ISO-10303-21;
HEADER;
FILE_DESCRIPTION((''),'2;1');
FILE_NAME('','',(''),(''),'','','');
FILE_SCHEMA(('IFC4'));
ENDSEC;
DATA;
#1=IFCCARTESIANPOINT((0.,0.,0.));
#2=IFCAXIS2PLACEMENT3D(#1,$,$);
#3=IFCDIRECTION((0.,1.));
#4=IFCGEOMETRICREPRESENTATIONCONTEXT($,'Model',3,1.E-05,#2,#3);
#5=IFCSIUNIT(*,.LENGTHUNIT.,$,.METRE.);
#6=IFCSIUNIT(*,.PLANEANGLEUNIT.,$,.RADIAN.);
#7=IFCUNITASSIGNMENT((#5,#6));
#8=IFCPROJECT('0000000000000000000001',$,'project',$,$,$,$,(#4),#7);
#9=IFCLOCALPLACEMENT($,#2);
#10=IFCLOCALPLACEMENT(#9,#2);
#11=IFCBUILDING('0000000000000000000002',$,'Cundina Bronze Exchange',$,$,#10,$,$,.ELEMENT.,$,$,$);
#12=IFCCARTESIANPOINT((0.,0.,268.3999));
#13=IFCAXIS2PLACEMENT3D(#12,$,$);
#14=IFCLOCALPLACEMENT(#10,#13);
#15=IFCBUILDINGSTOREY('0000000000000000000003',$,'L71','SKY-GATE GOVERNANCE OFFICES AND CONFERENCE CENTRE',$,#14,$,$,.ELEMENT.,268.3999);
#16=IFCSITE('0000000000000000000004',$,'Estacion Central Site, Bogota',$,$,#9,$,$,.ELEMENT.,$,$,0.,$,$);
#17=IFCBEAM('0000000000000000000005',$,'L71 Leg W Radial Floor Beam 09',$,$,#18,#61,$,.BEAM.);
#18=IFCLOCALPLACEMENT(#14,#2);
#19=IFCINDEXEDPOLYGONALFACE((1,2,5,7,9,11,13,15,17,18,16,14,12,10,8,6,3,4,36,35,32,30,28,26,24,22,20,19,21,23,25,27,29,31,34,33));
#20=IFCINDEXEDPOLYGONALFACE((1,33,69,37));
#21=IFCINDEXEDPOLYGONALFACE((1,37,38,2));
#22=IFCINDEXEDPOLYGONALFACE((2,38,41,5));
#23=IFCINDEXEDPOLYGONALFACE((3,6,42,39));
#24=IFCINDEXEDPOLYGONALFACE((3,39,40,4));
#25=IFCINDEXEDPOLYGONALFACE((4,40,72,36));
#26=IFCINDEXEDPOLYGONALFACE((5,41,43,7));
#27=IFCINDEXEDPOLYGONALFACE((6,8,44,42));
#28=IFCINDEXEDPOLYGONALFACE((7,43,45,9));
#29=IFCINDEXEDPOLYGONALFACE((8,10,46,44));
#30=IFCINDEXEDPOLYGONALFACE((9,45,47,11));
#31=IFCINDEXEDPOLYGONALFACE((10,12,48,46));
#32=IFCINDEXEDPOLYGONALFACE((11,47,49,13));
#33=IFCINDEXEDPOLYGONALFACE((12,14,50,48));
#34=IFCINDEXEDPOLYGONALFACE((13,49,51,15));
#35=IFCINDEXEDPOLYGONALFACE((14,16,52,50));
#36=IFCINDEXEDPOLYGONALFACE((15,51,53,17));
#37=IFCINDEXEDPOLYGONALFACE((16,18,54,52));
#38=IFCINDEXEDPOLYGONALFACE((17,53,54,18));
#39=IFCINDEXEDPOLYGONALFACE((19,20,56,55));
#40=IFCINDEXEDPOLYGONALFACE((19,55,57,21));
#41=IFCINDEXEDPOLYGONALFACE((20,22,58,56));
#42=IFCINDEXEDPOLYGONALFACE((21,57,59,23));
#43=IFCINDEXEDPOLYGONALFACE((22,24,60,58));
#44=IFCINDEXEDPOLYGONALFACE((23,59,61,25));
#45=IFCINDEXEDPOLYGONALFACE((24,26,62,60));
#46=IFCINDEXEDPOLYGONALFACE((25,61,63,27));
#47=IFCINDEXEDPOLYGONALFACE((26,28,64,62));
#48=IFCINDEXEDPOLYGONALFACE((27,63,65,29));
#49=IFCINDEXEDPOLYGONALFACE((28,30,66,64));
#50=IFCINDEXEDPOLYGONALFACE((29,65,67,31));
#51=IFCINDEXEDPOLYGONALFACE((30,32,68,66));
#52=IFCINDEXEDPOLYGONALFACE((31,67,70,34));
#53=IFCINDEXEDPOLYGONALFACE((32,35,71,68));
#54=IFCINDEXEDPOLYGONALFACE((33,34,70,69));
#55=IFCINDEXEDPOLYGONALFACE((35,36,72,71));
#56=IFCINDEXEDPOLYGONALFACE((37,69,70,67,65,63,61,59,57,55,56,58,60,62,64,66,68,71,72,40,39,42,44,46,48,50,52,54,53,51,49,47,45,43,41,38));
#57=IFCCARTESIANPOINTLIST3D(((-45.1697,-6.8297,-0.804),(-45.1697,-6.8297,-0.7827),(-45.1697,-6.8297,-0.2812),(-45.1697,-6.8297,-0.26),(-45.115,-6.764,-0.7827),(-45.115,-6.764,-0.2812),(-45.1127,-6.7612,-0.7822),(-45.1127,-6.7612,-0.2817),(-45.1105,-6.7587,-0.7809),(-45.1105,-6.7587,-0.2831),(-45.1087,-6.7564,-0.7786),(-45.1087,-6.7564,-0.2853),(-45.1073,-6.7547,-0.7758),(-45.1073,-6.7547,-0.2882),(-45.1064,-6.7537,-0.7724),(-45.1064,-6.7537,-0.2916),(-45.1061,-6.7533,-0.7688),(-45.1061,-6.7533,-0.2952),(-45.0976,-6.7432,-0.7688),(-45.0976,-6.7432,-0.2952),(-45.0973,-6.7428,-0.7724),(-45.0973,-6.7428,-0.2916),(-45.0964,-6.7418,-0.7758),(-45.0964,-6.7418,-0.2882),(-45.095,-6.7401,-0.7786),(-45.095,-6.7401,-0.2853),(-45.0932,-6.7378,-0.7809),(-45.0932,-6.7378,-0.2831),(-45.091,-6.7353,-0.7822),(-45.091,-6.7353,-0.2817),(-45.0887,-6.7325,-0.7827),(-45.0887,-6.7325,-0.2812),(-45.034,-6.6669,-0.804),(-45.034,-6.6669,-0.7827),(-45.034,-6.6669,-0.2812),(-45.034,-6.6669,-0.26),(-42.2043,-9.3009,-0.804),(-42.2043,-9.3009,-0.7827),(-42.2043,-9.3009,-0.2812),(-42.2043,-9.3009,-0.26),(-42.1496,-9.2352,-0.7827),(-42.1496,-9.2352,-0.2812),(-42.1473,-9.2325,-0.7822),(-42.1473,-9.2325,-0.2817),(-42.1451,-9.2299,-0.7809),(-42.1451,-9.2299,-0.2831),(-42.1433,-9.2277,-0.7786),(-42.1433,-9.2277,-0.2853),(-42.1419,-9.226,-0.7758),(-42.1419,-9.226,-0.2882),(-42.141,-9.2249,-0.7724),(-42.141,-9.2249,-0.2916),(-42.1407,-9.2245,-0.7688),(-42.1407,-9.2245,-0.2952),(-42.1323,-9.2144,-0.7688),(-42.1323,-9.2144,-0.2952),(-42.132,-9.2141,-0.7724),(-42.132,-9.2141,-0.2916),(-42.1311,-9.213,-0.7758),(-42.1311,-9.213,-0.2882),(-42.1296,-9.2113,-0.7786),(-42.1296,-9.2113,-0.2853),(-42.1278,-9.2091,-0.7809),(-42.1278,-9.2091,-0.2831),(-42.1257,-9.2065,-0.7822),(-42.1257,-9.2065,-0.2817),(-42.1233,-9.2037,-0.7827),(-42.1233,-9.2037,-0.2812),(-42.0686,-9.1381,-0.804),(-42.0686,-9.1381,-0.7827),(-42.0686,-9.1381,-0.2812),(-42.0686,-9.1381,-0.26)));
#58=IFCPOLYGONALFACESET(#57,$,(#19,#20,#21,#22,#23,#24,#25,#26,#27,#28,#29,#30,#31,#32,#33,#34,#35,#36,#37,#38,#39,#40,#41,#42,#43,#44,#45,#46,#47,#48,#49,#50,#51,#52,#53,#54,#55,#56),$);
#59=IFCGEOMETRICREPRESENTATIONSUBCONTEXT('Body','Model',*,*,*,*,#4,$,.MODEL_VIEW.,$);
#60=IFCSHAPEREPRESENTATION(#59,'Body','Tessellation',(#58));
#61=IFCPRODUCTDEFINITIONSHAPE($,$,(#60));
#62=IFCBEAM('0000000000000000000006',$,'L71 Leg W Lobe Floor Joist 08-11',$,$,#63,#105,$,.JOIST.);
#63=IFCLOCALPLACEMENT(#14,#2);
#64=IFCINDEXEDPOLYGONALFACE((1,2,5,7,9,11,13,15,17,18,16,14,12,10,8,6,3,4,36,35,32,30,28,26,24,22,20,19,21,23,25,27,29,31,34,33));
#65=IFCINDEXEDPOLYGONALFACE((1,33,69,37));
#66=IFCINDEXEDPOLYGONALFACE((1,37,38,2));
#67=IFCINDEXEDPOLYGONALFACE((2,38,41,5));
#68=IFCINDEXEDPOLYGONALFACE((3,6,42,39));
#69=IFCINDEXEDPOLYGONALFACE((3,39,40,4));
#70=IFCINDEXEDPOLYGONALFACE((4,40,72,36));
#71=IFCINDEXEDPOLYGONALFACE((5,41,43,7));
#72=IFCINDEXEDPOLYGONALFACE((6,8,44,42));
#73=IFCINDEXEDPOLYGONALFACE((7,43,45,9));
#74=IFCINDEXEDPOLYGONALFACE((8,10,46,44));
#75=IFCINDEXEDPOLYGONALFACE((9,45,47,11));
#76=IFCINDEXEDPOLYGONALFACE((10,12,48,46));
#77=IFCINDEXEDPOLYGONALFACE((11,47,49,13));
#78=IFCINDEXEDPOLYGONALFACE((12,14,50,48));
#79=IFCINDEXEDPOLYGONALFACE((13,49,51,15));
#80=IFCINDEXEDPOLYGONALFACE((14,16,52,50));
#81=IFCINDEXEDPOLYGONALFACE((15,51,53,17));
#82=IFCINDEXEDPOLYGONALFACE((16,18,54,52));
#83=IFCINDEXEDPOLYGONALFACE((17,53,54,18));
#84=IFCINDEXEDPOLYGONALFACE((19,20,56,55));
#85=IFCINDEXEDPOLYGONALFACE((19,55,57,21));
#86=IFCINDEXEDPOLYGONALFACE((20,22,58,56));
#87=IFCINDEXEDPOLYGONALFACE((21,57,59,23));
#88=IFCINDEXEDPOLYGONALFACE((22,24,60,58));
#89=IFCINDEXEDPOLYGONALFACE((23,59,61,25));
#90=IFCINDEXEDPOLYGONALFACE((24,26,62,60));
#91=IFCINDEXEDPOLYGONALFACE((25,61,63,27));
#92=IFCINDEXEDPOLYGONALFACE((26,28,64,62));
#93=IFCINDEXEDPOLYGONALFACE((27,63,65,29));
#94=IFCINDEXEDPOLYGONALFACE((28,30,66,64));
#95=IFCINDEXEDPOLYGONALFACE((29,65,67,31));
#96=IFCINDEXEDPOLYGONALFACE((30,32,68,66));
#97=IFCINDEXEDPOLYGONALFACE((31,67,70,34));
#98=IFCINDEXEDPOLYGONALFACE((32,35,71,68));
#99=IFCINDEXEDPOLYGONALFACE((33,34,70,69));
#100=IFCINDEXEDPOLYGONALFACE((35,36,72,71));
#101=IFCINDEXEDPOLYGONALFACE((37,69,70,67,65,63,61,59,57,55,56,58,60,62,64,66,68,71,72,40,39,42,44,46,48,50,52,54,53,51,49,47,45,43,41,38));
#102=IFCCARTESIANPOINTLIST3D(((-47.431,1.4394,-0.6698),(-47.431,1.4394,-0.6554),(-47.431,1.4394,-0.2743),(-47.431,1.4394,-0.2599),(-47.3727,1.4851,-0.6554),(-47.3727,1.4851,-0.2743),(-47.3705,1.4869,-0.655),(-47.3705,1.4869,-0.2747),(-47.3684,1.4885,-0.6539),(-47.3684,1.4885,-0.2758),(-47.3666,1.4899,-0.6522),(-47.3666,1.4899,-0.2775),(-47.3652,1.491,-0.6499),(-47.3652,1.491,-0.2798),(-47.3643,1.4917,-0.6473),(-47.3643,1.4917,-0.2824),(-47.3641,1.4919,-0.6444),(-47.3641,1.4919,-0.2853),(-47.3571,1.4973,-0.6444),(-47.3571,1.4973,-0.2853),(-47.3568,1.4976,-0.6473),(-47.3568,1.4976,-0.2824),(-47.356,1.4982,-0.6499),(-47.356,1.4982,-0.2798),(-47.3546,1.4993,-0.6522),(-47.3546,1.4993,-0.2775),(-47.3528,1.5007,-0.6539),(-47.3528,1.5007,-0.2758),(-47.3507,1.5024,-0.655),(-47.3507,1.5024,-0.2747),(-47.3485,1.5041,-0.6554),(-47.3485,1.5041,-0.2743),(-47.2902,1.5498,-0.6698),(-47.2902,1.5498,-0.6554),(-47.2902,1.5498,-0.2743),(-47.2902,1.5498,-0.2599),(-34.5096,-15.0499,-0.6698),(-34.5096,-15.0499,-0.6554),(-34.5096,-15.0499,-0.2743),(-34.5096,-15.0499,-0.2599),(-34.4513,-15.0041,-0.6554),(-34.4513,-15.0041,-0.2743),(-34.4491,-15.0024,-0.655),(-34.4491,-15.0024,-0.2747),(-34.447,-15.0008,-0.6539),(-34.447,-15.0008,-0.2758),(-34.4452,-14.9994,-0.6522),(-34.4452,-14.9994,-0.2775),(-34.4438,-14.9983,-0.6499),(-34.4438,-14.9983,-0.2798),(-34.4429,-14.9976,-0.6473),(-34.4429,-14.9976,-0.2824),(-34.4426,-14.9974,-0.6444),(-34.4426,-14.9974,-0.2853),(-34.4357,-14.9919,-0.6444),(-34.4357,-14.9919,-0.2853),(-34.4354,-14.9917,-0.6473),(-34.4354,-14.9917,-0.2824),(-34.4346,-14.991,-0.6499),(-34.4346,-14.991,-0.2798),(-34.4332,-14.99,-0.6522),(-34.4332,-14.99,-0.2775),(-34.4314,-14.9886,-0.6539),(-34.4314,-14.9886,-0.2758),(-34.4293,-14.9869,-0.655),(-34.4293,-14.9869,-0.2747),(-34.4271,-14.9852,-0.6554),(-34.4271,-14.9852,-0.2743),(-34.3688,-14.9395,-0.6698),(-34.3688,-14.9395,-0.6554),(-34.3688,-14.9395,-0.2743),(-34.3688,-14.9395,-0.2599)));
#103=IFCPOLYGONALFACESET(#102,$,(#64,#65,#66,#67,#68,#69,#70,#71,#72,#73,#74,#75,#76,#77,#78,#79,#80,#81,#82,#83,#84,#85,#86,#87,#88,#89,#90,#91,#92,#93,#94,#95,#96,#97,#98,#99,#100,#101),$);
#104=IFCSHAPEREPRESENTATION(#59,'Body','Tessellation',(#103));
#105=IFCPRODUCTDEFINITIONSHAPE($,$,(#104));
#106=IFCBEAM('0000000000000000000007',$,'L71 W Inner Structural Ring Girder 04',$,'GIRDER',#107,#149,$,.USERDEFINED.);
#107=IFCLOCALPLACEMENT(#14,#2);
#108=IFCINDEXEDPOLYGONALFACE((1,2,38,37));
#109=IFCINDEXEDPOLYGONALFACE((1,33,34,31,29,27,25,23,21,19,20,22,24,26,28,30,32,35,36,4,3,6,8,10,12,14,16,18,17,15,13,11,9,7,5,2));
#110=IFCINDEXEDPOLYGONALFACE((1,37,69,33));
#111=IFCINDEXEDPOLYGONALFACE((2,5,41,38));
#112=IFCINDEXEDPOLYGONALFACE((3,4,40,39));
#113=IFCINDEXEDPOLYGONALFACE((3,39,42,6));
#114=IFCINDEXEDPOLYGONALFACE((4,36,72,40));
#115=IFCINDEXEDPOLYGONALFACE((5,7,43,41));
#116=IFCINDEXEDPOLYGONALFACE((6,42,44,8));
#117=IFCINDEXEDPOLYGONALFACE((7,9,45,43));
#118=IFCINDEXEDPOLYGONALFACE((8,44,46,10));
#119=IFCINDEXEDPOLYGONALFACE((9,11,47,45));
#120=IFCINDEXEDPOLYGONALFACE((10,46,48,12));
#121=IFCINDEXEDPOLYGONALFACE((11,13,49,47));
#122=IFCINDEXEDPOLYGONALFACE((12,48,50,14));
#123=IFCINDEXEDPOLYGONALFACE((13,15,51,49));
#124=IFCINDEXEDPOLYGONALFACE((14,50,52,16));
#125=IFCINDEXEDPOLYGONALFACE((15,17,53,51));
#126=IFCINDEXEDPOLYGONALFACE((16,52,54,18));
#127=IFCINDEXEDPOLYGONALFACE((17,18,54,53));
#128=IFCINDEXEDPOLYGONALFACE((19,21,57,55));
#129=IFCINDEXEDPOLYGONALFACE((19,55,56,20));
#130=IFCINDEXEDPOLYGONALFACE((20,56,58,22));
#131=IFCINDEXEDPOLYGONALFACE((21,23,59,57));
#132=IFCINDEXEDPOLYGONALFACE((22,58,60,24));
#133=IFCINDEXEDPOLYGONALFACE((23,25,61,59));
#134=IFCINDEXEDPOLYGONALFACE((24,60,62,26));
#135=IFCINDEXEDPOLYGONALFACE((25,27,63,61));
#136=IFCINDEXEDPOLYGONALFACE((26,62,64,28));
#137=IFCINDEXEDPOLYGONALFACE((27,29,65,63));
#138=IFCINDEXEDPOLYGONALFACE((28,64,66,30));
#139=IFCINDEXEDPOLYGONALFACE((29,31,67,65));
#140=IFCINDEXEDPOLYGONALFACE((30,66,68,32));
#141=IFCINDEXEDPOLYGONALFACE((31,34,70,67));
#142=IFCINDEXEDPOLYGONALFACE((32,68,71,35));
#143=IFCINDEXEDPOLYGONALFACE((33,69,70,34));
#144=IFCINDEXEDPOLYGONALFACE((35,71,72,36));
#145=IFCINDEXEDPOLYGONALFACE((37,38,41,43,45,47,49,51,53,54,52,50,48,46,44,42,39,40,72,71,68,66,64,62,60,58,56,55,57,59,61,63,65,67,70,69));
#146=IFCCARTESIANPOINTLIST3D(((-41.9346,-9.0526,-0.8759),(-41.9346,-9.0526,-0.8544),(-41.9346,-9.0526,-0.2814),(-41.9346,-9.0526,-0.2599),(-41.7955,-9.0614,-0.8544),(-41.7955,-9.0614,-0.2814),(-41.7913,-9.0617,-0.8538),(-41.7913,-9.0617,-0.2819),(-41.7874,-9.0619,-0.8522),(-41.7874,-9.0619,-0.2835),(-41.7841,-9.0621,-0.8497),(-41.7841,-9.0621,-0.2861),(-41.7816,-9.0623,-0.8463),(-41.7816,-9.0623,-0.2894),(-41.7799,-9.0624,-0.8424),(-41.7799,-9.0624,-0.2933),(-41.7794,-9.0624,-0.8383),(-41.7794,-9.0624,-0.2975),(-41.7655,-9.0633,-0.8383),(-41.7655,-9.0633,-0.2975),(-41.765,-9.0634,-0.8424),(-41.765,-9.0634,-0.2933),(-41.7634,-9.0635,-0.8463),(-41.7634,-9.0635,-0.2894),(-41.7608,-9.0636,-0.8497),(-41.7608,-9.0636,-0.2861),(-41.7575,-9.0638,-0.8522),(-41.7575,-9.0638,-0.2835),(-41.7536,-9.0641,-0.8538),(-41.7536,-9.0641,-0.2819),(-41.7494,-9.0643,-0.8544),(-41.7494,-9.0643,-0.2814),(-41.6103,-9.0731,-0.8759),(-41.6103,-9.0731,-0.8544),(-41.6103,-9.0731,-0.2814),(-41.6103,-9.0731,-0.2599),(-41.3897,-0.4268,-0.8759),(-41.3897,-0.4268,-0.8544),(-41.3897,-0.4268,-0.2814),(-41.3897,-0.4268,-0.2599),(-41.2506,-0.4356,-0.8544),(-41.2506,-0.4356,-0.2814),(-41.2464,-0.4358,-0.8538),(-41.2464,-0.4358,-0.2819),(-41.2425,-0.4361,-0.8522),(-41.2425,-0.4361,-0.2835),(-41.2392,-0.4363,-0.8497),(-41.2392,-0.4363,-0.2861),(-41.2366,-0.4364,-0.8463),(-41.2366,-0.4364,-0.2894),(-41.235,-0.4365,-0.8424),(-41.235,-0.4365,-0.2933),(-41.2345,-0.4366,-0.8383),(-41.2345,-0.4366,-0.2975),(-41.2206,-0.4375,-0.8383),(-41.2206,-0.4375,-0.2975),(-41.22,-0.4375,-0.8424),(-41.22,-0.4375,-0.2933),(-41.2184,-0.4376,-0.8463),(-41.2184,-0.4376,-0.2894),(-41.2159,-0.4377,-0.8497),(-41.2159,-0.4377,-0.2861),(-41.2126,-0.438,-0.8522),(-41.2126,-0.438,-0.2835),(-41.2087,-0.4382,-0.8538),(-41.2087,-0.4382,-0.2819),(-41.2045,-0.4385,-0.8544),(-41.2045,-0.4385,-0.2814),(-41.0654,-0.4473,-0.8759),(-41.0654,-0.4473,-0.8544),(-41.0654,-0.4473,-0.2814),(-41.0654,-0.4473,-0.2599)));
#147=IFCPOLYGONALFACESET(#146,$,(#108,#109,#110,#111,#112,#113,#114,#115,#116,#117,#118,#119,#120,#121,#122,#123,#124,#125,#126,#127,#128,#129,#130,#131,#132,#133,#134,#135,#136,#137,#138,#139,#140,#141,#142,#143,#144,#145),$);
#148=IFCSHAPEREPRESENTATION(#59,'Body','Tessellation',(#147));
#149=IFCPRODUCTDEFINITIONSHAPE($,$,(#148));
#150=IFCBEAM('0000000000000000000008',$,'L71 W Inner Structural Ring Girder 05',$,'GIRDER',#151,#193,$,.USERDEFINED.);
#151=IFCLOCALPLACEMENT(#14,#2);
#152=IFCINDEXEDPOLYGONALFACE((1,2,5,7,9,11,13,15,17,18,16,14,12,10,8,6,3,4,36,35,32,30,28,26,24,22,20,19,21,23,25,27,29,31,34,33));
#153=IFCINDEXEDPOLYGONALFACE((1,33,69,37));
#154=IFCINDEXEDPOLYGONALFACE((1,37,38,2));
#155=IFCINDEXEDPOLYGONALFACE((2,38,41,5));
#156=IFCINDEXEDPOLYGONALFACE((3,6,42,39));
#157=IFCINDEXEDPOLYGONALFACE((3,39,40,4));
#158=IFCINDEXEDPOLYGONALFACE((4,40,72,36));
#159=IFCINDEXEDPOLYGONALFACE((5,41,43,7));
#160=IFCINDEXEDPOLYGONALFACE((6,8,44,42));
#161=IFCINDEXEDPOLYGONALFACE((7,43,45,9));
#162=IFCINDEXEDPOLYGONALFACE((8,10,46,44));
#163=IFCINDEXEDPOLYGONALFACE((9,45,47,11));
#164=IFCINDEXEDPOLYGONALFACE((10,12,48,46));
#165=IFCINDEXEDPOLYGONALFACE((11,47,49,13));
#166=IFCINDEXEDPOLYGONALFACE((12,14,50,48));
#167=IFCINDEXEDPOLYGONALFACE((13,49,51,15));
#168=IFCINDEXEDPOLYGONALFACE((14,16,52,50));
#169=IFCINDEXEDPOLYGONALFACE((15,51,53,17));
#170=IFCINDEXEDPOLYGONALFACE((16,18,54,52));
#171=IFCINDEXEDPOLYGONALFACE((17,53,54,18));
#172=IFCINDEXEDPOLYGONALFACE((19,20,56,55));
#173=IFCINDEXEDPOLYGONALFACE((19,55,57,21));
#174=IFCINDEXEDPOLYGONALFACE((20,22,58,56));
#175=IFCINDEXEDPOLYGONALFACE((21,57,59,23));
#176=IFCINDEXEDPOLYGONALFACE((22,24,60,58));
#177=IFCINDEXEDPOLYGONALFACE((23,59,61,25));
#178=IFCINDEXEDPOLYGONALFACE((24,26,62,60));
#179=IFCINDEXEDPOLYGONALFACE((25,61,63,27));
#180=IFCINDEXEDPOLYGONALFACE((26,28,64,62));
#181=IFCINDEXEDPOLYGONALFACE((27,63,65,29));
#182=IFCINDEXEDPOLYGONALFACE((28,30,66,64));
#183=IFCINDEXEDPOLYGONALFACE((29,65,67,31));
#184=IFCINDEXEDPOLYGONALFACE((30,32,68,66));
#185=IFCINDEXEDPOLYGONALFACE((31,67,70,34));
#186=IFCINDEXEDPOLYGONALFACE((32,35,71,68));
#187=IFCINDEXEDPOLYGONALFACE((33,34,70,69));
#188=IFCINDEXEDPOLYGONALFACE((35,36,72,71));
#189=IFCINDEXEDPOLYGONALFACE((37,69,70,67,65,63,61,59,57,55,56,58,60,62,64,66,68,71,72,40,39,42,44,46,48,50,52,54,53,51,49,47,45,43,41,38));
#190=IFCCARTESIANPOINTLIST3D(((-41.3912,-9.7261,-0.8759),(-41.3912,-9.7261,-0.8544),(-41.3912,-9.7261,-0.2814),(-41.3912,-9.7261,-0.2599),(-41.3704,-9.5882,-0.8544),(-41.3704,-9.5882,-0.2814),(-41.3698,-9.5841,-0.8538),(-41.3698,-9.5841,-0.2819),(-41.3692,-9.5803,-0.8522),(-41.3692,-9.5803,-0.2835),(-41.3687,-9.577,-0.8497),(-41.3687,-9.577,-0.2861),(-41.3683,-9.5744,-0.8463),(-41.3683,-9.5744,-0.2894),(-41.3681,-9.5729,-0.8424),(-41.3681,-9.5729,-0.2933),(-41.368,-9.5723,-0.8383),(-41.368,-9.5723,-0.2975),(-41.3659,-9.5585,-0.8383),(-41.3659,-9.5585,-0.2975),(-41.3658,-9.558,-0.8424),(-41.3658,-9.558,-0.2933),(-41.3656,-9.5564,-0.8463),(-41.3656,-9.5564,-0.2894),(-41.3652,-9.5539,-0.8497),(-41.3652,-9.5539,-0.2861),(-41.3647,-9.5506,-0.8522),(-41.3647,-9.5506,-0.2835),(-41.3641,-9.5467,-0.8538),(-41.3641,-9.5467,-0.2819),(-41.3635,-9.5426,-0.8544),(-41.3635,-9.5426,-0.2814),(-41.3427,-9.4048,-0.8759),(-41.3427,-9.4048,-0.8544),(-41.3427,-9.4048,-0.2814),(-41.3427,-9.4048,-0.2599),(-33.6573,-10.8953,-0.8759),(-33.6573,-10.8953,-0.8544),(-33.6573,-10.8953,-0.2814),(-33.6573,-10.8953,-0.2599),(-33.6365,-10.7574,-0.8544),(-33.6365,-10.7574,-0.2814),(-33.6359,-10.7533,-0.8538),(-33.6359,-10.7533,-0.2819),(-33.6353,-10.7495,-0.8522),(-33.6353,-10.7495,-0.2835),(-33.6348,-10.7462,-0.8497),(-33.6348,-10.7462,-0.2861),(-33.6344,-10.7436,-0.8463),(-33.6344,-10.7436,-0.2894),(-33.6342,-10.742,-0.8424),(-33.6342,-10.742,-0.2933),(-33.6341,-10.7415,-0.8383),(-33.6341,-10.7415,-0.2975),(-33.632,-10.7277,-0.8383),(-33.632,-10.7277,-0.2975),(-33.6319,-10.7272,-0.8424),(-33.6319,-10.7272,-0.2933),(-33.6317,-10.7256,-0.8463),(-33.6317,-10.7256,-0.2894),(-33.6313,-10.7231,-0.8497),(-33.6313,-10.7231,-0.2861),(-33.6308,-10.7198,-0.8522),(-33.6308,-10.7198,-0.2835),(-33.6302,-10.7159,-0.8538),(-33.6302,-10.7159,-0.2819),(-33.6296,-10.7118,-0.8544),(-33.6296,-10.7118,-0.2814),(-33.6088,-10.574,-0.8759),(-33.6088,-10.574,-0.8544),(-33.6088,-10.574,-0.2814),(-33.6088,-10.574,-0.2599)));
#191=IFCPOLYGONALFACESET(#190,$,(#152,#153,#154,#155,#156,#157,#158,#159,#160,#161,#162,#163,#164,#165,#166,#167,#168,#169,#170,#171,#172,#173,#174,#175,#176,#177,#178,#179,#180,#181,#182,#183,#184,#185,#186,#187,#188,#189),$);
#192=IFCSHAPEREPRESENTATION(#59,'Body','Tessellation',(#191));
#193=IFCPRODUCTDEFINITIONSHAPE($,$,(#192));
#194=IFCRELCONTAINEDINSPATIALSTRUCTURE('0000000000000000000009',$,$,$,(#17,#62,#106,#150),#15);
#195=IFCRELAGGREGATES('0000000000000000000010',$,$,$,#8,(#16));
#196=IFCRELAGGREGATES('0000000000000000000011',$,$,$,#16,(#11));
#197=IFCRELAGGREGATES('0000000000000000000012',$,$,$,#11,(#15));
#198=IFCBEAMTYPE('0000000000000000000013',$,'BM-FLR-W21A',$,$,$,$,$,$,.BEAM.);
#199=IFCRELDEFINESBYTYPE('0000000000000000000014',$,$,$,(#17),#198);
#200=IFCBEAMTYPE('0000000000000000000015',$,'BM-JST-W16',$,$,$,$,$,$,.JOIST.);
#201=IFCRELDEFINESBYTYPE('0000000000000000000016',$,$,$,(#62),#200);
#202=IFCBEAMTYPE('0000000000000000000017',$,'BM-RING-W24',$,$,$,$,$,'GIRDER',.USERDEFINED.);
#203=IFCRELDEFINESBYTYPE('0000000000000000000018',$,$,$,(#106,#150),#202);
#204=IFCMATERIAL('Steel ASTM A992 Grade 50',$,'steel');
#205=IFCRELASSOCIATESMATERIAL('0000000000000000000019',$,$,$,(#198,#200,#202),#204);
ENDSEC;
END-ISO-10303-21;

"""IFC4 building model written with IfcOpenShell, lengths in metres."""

from ifc_helpers import new_model, si_unit, direction, frame, origin, origin_2d, place, context, subcontext, project, spatial, i_section, extrude, material, material_profile, profile_set, type_object, element, save


model = new_model("IFC4")

# Units and contexts
model_context = context("Model", 3, precision=1e-05, world=origin(), true_north=direction((0.0, 1.0)))
body_context = subcontext(model_context, "Body", "Model", "MODEL_VIEW")
ifc_project = project(units=[si_unit("LENGTHUNIT", "METRE"), si_unit("PLANEANGLEUNIT", "RADIAN")], contexts=[model_context])

# Site, building, storey
site_placement = place(None, origin())
site = spatial("IfcSite", under=ifc_project, at=site_placement, Name="Estacion Central Site, Bogota", CompositionType="ELEMENT", RefElevation=0.0)
building_placement = place(site_placement, origin())
building = spatial("IfcBuilding", under=site, at=building_placement, Name="Cundina Bronze Exchange", CompositionType="ELEMENT")
storey_placement = place(building_placement, frame((0.0, 0.0, 268.3999)))
storey = spatial("IfcBuildingStorey", under=building, at=storey_placement, Name="L71", Description="SKY-GATE GOVERNANCE OFFICES AND CONFERENCE CENTRE", CompositionType="ELEMENT", Elevation=268.3999)

# Shared definitions
ifc_material_1 = material(Name="Steel ASTM A992 Grade 50", Category="steel")

# Beams
ifc_material_profile_1 = material_profile(ifc_material_1, i_section(OverallWidth=0.2119, OverallDepth=0.5439, WebThickness=0.0132, FlangeThickness=0.0212, FilletRadius=0.0139, at=origin_2d()), Name="W21X83", Category="steel")
ifc_profile_set_1 = profile_set([ifc_material_profile_1], Name="Steel ASTM A992 Grade 50")
beam_type_1 = type_object("IfcBeamType", Name="BM-FLR-W21A", PredefinedType="BEAM", material=ifc_profile_set_1)
beam_1_placement = place(storey_placement, frame((-42.1365, -9.2195, -0.532), z_axis=(-0.768211, 0.640197, 0.0), x_axis=(-0.640197, -0.768211, 0.0)))
element("IfcBeam", 1, at=beam_1_placement, inside=storey, type_object=beam_type_1, Name="L71 Leg W Radial Floor Beam 09", PredefinedType="BEAM", context=body_context, shape_type="SweptSolid", body=[
    extrude(i_section(OverallWidth=0.2119, OverallDepth=0.5439, WebThickness=0.0132, FlangeThickness=0.0212, FilletRadius=0.0139, at=origin_2d()), origin(), (0.0, 0.0, 1.0), 3.8601),
])
ifc_material_profile_2 = material_profile(ifc_material_1, i_section(OverallWidth=0.179, OverallDepth=0.4099, WebThickness=0.0088, FlangeThickness=0.0144, FilletRadius=0.011, at=origin_2d()), Name="W16X45", Category="steel")
ifc_profile_set_2 = profile_set([ifc_material_profile_2], Name="Steel ASTM A992 Grade 50")
beam_type_2 = type_object("IfcBeamType", Name="BM-JST-W16", PredefinedType="JOIST", material=ifc_profile_set_2)
beam_2_placement = place(storey_placement, frame((-47.3606, 1.4946, -0.4648), z_axis=(0.616804, -0.787117, 0.0), x_axis=(0.787117, 0.616804, 0.0)))
element("IfcBeam", 2, at=beam_2_placement, inside=storey, type_object=beam_type_2, Name="L71 Leg W Lobe Floor Joist 08-11", PredefinedType="JOIST", context=body_context, shape_type="SweptSolid", body=[
    extrude(i_section(OverallWidth=0.179, OverallDepth=0.4099, WebThickness=0.0088, FlangeThickness=0.0144, FilletRadius=0.011, at=origin_2d()), origin(), (0.0, 0.0, 1.0), 20.949),
])
ifc_material_profile_3 = material_profile(ifc_material_1, i_section(OverallWidth=0.325, OverallDepth=0.616, WebThickness=0.0139, FlangeThickness=0.0215, FilletRadius=0.0161, at=origin_2d()), Name="W24X117", Category="steel")
ifc_profile_set_3 = profile_set([ifc_material_profile_3], Name="Steel ASTM A992 Grade 50")
beam_type_3 = type_object("IfcBeamType", Name="BM-RING-W24", ElementType="GIRDER", PredefinedType="USERDEFINED", material=ifc_profile_set_3)
beam_3_placement = place(storey_placement, frame((-41.2275, -0.437, -0.5679), z_axis=(-0.063047, -0.998011, 0.0), x_axis=(0.998011, -0.063047, 0.0)))
element("IfcBeam", 3, at=beam_3_placement, inside=storey, type_object=beam_type_3, Name="L71 W Inner Structural Ring Girder 04", ObjectType="GIRDER", PredefinedType="USERDEFINED", context=body_context, shape_type="SweptSolid", body=[
    extrude(i_section(OverallWidth=0.325, OverallDepth=0.616, WebThickness=0.0139, FlangeThickness=0.0215, FilletRadius=0.0161, at=origin_2d()), origin(), (0.0, 0.0, 1.0), 8.6431),
])
beam_4_placement = place(storey_placement, frame((-41.3669, -9.5654, -0.5679), z_axis=(0.988765, -0.149479, 0.0), x_axis=(0.149479, 0.988765, 0.0)))
element("IfcBeam", 4, at=beam_4_placement, inside=storey, type_object=beam_type_3, Name="L71 W Inner Structural Ring Girder 05", ObjectType="GIRDER", PredefinedType="USERDEFINED", context=body_context, shape_type="SweptSolid", body=[
    extrude(i_section(OverallWidth=0.325, OverallDepth=0.616, WebThickness=0.0139, FlangeThickness=0.0215, FilletRadius=0.0161, at=origin_2d()), origin(), (0.0, 0.0, 1.0), 7.8218),
])

save(model, "model.ifc")
